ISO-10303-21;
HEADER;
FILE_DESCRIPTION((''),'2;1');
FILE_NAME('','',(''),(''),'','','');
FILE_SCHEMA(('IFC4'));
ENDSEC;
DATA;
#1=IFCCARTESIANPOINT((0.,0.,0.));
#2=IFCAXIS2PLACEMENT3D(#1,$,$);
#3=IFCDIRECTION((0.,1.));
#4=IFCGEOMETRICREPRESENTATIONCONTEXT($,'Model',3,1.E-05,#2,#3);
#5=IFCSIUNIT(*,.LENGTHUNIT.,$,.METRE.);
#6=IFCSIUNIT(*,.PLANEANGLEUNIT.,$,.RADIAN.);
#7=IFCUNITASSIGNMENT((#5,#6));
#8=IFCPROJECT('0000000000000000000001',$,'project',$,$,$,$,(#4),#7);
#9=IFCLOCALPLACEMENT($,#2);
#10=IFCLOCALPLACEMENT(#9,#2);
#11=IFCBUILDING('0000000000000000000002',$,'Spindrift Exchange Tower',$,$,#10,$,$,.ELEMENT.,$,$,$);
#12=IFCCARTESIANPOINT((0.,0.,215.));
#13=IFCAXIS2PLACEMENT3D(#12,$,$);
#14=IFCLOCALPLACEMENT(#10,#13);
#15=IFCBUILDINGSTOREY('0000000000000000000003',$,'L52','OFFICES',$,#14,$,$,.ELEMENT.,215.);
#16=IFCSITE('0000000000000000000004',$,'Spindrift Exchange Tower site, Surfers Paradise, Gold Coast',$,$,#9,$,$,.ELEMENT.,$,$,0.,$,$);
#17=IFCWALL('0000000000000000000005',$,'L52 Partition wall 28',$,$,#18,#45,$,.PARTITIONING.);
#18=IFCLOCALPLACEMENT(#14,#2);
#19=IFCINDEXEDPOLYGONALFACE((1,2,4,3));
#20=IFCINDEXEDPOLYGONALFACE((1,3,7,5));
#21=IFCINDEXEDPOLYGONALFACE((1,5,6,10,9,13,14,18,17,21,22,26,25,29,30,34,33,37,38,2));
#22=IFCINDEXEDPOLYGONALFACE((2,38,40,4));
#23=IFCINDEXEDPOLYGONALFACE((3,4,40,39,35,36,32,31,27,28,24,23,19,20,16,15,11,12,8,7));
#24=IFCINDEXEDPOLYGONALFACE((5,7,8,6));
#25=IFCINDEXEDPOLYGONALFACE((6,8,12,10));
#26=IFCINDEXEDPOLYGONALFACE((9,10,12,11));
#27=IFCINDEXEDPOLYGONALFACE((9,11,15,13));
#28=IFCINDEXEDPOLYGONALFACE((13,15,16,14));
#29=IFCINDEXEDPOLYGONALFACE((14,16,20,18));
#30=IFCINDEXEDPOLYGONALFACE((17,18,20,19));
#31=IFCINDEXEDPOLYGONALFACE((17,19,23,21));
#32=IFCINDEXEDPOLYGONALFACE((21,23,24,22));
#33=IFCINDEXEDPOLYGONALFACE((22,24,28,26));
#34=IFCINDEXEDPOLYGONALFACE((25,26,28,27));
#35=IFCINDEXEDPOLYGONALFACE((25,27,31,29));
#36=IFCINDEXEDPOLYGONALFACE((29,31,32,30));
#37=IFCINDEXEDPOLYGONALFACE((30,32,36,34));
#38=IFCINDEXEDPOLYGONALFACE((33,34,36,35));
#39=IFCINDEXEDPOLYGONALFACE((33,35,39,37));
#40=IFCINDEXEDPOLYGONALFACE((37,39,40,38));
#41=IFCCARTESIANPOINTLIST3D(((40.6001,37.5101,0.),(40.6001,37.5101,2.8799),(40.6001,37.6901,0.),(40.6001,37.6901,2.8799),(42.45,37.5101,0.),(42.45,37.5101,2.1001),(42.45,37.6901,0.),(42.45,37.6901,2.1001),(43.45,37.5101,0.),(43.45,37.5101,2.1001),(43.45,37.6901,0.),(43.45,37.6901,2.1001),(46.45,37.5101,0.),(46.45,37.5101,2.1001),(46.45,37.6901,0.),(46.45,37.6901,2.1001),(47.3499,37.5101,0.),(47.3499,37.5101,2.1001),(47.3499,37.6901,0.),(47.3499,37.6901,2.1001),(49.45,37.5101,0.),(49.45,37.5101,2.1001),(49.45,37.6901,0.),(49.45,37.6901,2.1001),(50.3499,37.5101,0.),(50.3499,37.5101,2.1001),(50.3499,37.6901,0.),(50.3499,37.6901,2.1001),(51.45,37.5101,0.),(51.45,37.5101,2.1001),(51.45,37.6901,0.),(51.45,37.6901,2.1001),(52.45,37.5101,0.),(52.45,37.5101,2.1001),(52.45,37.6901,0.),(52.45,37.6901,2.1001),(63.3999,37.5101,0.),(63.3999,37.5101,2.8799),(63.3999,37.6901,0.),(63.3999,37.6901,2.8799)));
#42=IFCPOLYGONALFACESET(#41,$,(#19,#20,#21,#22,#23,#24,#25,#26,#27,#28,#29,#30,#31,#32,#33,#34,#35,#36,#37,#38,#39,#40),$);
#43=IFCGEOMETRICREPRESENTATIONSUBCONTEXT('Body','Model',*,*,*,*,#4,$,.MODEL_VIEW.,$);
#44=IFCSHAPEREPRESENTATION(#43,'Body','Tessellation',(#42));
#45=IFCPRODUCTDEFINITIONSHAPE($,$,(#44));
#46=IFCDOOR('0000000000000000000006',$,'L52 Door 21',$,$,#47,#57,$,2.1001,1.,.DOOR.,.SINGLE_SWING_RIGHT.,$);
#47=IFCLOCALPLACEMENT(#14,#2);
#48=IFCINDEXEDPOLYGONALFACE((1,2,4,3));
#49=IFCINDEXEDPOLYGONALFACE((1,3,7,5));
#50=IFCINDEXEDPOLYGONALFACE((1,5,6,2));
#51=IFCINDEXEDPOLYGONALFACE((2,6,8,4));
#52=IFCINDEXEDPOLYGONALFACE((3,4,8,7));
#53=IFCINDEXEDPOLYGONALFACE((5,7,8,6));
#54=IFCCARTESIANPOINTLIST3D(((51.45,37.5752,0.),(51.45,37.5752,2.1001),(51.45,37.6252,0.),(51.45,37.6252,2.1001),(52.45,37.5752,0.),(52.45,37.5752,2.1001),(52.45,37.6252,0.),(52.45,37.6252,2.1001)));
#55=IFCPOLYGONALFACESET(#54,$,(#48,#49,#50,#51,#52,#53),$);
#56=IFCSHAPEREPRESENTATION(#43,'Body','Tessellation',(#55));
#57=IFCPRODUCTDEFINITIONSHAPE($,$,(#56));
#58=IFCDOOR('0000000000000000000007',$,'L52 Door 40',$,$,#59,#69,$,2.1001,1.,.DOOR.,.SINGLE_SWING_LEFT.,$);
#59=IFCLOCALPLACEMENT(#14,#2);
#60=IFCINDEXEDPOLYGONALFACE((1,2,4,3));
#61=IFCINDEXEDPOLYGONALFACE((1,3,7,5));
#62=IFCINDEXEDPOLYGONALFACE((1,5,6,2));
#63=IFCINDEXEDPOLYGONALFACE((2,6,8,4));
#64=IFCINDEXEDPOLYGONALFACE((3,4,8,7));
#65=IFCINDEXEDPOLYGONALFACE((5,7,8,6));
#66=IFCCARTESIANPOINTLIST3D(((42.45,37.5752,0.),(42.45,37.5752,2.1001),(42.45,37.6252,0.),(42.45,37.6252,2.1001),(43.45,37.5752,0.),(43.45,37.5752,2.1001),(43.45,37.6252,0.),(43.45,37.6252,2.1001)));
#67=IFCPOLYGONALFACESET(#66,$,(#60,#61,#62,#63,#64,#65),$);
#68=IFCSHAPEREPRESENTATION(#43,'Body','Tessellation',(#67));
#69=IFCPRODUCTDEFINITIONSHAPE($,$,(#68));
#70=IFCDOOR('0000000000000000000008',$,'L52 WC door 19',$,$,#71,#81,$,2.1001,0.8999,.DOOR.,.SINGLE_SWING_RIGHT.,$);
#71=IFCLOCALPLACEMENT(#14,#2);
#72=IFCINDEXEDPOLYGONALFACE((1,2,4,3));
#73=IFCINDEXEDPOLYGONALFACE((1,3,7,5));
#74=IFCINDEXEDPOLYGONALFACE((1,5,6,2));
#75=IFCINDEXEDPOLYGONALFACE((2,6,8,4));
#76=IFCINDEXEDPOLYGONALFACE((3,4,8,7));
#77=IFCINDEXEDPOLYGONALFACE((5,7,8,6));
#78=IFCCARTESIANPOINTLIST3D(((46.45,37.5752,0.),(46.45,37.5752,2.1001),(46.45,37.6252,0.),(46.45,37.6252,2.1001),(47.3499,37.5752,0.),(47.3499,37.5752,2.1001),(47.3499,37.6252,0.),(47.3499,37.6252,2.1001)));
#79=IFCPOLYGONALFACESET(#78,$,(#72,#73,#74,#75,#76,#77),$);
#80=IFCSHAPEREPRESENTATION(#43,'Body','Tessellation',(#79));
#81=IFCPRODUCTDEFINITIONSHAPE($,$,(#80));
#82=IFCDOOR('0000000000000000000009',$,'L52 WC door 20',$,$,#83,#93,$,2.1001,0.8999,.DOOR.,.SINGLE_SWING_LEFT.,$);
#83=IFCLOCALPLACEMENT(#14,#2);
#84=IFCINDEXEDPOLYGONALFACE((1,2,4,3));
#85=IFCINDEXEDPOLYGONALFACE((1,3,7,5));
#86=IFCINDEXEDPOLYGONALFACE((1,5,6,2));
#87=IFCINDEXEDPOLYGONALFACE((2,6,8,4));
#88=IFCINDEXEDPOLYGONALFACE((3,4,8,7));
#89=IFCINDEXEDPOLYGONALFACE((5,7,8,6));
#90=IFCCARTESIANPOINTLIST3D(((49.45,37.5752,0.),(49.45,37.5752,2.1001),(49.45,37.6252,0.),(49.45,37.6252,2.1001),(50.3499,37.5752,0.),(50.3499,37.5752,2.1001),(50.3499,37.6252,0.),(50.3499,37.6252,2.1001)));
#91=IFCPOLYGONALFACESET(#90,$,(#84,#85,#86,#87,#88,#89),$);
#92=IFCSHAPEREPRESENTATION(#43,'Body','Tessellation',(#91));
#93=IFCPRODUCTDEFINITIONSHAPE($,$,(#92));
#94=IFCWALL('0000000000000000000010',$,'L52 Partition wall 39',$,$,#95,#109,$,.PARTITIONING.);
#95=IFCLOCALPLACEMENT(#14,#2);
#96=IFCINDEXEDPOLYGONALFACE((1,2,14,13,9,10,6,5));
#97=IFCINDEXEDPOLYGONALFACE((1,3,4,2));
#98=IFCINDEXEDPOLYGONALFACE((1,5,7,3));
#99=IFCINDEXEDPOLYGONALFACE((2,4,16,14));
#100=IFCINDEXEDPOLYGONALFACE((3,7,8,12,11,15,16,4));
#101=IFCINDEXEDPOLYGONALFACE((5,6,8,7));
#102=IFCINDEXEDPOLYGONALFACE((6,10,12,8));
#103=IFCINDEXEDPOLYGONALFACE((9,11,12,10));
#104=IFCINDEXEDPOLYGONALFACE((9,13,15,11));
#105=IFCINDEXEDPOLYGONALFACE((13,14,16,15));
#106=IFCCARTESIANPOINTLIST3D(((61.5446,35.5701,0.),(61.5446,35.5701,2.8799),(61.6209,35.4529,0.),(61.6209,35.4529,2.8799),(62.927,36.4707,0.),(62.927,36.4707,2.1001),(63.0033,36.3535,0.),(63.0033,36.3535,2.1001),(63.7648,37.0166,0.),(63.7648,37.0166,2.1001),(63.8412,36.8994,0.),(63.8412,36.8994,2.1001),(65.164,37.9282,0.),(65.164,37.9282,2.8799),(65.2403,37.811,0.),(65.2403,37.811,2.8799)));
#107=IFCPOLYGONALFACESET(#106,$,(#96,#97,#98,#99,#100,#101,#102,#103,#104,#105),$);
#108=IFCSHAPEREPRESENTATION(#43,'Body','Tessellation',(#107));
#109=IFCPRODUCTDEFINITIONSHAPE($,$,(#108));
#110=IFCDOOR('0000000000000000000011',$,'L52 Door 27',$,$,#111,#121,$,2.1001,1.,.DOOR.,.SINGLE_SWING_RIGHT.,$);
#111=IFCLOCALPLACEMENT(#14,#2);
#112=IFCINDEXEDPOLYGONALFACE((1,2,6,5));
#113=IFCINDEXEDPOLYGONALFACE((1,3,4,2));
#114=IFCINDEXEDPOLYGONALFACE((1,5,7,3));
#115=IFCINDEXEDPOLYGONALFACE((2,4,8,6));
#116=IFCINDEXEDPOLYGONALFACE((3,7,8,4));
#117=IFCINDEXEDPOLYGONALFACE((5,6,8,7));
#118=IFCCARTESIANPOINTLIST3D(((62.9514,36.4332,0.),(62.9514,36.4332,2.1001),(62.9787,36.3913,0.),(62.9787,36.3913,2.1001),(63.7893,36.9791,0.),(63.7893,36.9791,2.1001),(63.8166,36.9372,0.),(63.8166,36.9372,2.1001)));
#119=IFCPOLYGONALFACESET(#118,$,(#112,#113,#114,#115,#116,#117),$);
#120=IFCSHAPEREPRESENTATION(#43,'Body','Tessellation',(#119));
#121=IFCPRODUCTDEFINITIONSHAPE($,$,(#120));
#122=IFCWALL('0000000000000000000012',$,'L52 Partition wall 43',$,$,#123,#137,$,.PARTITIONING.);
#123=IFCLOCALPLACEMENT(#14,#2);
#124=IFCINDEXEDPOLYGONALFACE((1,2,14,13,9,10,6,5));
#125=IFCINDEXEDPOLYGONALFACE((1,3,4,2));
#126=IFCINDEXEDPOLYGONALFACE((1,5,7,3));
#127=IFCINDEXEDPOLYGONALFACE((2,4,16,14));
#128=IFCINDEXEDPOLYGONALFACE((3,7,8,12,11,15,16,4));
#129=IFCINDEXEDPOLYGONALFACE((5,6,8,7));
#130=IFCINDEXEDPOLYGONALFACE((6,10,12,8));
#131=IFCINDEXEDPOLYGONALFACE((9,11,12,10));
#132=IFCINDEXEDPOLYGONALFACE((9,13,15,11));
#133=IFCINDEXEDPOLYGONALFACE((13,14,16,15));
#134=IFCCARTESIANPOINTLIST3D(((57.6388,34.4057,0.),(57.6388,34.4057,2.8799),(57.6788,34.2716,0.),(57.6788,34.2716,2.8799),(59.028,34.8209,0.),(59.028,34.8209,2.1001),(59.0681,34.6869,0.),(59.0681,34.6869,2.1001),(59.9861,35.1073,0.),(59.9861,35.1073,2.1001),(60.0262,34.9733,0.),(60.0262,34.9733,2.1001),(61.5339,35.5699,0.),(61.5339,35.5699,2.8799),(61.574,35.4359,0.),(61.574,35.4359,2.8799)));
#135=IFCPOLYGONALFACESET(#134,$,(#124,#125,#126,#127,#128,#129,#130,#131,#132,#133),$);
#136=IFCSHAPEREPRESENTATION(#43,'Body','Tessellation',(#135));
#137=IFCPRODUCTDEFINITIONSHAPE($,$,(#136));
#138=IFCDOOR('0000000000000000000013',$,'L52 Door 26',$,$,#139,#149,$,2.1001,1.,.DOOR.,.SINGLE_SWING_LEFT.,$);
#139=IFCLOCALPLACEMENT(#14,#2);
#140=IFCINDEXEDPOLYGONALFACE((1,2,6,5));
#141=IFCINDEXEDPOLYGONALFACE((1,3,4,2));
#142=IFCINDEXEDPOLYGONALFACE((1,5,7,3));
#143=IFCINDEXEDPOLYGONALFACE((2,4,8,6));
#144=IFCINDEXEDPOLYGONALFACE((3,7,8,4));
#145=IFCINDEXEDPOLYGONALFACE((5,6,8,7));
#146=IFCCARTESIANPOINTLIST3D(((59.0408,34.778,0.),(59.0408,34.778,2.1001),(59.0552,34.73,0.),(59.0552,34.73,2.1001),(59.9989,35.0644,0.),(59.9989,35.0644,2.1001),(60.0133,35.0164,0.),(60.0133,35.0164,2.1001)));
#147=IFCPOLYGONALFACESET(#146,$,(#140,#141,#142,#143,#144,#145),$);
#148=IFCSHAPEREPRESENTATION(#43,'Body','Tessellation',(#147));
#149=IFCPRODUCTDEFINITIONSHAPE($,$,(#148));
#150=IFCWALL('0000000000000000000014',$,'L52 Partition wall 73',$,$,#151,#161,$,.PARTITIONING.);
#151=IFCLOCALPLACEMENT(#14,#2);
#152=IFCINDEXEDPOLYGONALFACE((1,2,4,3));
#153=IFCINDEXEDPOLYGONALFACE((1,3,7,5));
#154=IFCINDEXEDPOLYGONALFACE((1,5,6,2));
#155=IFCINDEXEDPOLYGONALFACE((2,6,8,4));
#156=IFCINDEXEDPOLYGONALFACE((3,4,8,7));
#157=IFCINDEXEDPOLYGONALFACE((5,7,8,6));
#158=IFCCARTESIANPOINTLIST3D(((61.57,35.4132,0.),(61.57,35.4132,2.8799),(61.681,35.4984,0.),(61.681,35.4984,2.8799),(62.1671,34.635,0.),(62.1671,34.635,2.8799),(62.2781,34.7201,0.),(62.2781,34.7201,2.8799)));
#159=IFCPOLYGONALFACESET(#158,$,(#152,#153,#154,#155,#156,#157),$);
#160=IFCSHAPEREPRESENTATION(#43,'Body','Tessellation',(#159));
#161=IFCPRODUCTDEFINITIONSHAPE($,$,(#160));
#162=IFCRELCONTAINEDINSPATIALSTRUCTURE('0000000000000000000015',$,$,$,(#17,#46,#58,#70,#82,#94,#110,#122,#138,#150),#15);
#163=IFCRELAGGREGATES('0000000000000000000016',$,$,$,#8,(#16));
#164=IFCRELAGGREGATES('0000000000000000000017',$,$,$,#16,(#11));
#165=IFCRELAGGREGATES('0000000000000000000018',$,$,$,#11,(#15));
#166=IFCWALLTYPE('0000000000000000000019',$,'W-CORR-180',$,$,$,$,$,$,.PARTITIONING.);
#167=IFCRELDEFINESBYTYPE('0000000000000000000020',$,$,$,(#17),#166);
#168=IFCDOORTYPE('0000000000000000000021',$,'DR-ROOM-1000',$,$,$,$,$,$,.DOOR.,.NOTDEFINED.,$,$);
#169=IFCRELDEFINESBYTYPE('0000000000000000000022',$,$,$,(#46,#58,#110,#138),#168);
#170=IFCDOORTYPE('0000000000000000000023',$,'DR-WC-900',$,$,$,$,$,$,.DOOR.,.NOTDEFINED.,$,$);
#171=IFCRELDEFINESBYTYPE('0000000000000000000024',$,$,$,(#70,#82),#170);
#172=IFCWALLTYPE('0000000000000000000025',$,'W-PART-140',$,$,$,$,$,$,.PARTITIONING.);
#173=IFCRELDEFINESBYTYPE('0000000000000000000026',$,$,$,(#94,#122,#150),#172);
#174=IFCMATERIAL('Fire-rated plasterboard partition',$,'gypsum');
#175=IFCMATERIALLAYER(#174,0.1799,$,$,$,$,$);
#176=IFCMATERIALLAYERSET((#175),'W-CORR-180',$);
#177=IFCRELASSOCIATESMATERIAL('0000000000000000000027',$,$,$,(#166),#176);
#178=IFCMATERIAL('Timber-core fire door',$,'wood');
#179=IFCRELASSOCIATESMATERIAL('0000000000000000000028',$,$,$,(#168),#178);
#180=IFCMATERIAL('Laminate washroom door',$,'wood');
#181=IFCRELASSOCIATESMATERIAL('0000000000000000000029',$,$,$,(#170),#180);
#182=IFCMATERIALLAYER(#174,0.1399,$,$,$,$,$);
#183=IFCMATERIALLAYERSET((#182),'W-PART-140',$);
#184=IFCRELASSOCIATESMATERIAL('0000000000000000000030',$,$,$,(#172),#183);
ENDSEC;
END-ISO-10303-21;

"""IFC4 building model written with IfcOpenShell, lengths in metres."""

from ifc_helpers import new_model, si_unit, direction, frame, frame_2d, origin, place, context, subcontext, project, spatial, rectangle, extrude, source, transform, mapped, material, layer, layer_set, type_object, element, fill, save


model = new_model("IFC4")

# Units and contexts
model_context = context("Model", 3, precision=1e-05, world=origin(), true_north=direction((0.0, 1.0)))
body_context = subcontext(model_context, "Body", "Model", "MODEL_VIEW")
ifc_project = project(units=[si_unit("LENGTHUNIT", "METRE"), si_unit("PLANEANGLEUNIT", "RADIAN")], contexts=[model_context])

# Site, building, storey
site_placement = place(None, origin())
site = spatial("IfcSite", under=ifc_project, at=site_placement, Name="Spindrift Exchange Tower site, Surfers Paradise, Gold Coast", CompositionType="ELEMENT", RefElevation=0.0)
building_placement = place(site_placement, origin())
building = spatial("IfcBuilding", under=site, at=building_placement, Name="Spindrift Exchange Tower", CompositionType="ELEMENT")
storey_placement = place(building_placement, frame((0.0, 0.0, 215.0)))
storey = spatial("IfcBuildingStorey", under=building, at=storey_placement, Name="L52", Description="OFFICES", CompositionType="ELEMENT", Elevation=215.0)

# Wall, openings, doors
ifc_material_1 = material(Name="Fire-rated plasterboard partition", Category="gypsum")
ifc_layer_1 = layer(ifc_material_1, 0.1799)
ifc_layer_set_1 = layer_set([ifc_layer_1], Name="W-CORR-180")
wall_type_1 = type_object("IfcWallType", Name="W-CORR-180", PredefinedType="PARTITIONING", material=ifc_layer_set_1)
wall_1_placement = place(storey_placement, frame((63.3999, 37.6001, 0.0), z_axis=(0.0, 0.0, 1.0), x_axis=(-1.0, 0.0, 0.0)))
wall_1 = element("IfcWall", 1, at=wall_1_placement, inside=storey, type_object=wall_type_1, Name="L52 Partition wall 28", PredefinedType="PARTITIONING", context=body_context, shape_type="SweptSolid", body=[
    extrude(rectangle(XDim=22.7998, YDim=0.1799, at=frame_2d((11.3999, 0.0))), origin(), (0.0, 0.0, 1.0), 2.8799),
])
opening_1_placement = place(wall_1_placement, frame((16.05, 0.0, 0.0)))
opening_1 = element("IfcOpeningElement", 2, at=opening_1_placement, cuts=wall_1, PredefinedType="OPENING", context=body_context, shape_type="SweptSolid", body=[
    extrude(rectangle(XDim=0.8999, YDim=2.1001, at=frame_2d((0.45, 1.05))), frame((0.0, 0.0999, 0.0), z_axis=(0.0, -1.0, 0.0), x_axis=(1.0, 0.0, 0.0)), (0.0, 0.0, 1.0), 0.2),
])
opening_2_placement = place(wall_1_placement, frame((13.05, 0.0, 0.0)))
opening_2 = element("IfcOpeningElement", 3, at=opening_2_placement, cuts=wall_1, PredefinedType="OPENING", context=body_context, shape_type="SweptSolid", body=[
    extrude(rectangle(XDim=0.8999, YDim=2.1001, at=frame_2d((0.45, 1.05))), frame((0.0, 0.0999, 0.0), z_axis=(0.0, -1.0, 0.0), x_axis=(1.0, 0.0, 0.0)), (0.0, 0.0, 1.0), 0.2),
])
opening_3_placement = place(wall_1_placement, frame((10.95, 0.0, 0.0)))
opening_3 = element("IfcOpeningElement", 4, at=opening_3_placement, cuts=wall_1, PredefinedType="OPENING", context=body_context, shape_type="SweptSolid", body=[
    extrude(rectangle(XDim=1.0, YDim=2.1001, at=frame_2d((0.5, 1.05))), frame((0.0, 0.0999, 0.0), z_axis=(0.0, -1.0, 0.0), x_axis=(1.0, 0.0, 0.0)), (0.0, 0.0, 1.0), 0.2),
])
opening_4_placement = place(wall_1_placement, frame((19.95, 0.0, 0.0)))
opening_4 = element("IfcOpeningElement", 5, at=opening_4_placement, cuts=wall_1, PredefinedType="OPENING", context=body_context, shape_type="SweptSolid", body=[
    extrude(rectangle(XDim=1.0, YDim=2.1001, at=frame_2d((0.5, 1.05))), frame((0.0, 0.0999, 0.0), z_axis=(0.0, -1.0, 0.0), x_axis=(1.0, 0.0, 0.0)), (0.0, 0.0, 1.0), 0.2),
])
ifc_material_2 = material(Name="Timber-core fire door", Category="wood")
door_type_1 = type_object("IfcDoorType", Name="DR-ROOM-1000", OperationType="NOTDEFINED", PredefinedType="DOOR", material=ifc_material_2)
shared_shape_1 = source(origin(), body_context, "Body", "SweptSolid", [
    extrude(rectangle(XDim=1.0, YDim=2.1001, at=frame_2d((0.5, 1.05))), frame((0.0, 0.0249, 0.0), z_axis=(0.0, -1.0, 0.0), x_axis=(1.0, 0.0, 0.0)), (0.0, 0.0, 1.0), 0.05),
])
door_1_placement = place(opening_3_placement, origin())
door_1 = element("IfcDoor", 6, at=door_1_placement, inside=storey, type_object=door_type_1, Name="L52 Door 21", OperationType="SINGLE_SWING_RIGHT", OverallHeight=2.1001, OverallWidth=1.0, PredefinedType="DOOR", context=body_context, shape_type="MappedRepresentation", body=[
    mapped(shared_shape_1, transform((0.0, 0.0, 0.0), scale=1.0)),
])
fill(opening_3, door_1)
door_2_placement = place(opening_4_placement, origin())
door_2 = element("IfcDoor", 7, at=door_2_placement, inside=storey, type_object=door_type_1, Name="L52 Door 40", OperationType="SINGLE_SWING_LEFT", OverallHeight=2.1001, OverallWidth=1.0, PredefinedType="DOOR", context=body_context, shape_type="MappedRepresentation", body=[
    mapped(shared_shape_1, transform((0.0, 0.0, 0.0), scale=1.0)),
])
fill(opening_4, door_2)
ifc_material_3 = material(Name="Laminate washroom door", Category="wood")
door_type_2 = type_object("IfcDoorType", Name="DR-WC-900", OperationType="NOTDEFINED", PredefinedType="DOOR", material=ifc_material_3)
shared_shape_2 = source(origin(), body_context, "Body", "SweptSolid", [
    extrude(rectangle(XDim=0.8999, YDim=2.1001, at=frame_2d((0.45, 1.05))), frame((0.0, 0.0249, 0.0), z_axis=(0.0, -1.0, 0.0), x_axis=(1.0, 0.0, 0.0)), (0.0, 0.0, 1.0), 0.05),
])
door_3_placement = place(opening_1_placement, origin())
door_3 = element("IfcDoor", 8, at=door_3_placement, inside=storey, type_object=door_type_2, Name="L52 WC door 19", OperationType="SINGLE_SWING_RIGHT", OverallHeight=2.1001, OverallWidth=0.8999, PredefinedType="DOOR", context=body_context, shape_type="MappedRepresentation", body=[
    mapped(shared_shape_2, transform((0.0, 0.0, 0.0), scale=1.0)),
])
fill(opening_1, door_3)
door_4_placement = place(opening_2_placement, origin())
door_4 = element("IfcDoor", 9, at=door_4_placement, inside=storey, type_object=door_type_2, Name="L52 WC door 20", OperationType="SINGLE_SWING_LEFT", OverallHeight=2.1001, OverallWidth=0.8999, PredefinedType="DOOR", context=body_context, shape_type="MappedRepresentation", body=[
    mapped(shared_shape_2, transform((0.0, 0.0, 0.0), scale=1.0)),
])
fill(opening_2, door_4)

# Walls, openings, doors
ifc_layer_2 = layer(ifc_material_1, 0.1399)
ifc_layer_set_2 = layer_set([ifc_layer_2], Name="W-PART-140")
wall_type_2 = type_object("IfcWallType", Name="W-PART-140", PredefinedType="PARTITIONING", material=ifc_layer_set_2)
wall_2_placement = place(storey_placement, frame((65.2021, 37.8696, 0.0), z_axis=(0.0, 0.0, 1.0), x_axis=(-0.837856, -0.545892, 0.0)))
wall_2 = element("IfcWall", 10, at=wall_2_placement, inside=storey, type_object=wall_type_2, Name="L52 Partition wall 39", PredefinedType="PARTITIONING", context=body_context, shape_type="SweptSolid", body=[
    extrude(rectangle(XDim=4.3198, YDim=0.1399, at=frame_2d((2.1599, 0.0))), origin(), (0.0, 0.0, 1.0), 2.8799),
])
opening_5_placement = place(wall_2_placement, frame((1.6699, 0.0, 0.0)))
opening_5 = element("IfcOpeningElement", 11, at=opening_5_placement, cuts=wall_2, PredefinedType="OPENING", context=body_context, shape_type="SweptSolid", body=[
    extrude(rectangle(XDim=1.0, YDim=2.1001, at=frame_2d((0.5, 1.05))), frame((0.0, 0.0798, 0.0), z_axis=(0.0, -1.0, 0.0), x_axis=(1.0, 0.0, 0.0)), (0.0, 0.0, 1.0), 0.1599),
])
door_5_placement = place(opening_5_placement, origin())
door_5 = element("IfcDoor", 12, at=door_5_placement, inside=storey, type_object=door_type_1, Name="L52 Door 27", OperationType="SINGLE_SWING_RIGHT", OverallHeight=2.1001, OverallWidth=1.0, PredefinedType="DOOR", context=body_context, shape_type="MappedRepresentation", body=[
    mapped(shared_shape_1, transform((0.0, 0.0, 0.0), scale=1.0)),
])
fill(opening_5, door_5)
wall_3_placement = place(storey_placement, frame((61.554, 35.5029, 0.0), z_axis=(0.0, 0.0, 1.0), x_axis=(-0.958115, -0.286384, 0.0)))
wall_3 = element("IfcWall", 13, at=wall_3_placement, inside=storey, type_object=wall_type_2, Name="L52 Partition wall 43", PredefinedType="PARTITIONING", context=body_context, shape_type="SweptSolid", body=[
    extrude(rectangle(XDim=4.0654, YDim=0.1399, at=frame_2d((2.0327, 0.0))), origin(), (0.0, 0.0, 1.0), 2.8799),
])
opening_6_placement = place(wall_3_placement, frame((1.6155, 0.0, 0.0)))
opening_6 = element("IfcOpeningElement", 14, at=opening_6_placement, cuts=wall_3, PredefinedType="OPENING", context=body_context, shape_type="SweptSolid", body=[
    extrude(rectangle(XDim=1.0, YDim=2.1001, at=frame_2d((0.5, 1.05))), frame((0.0, 0.0798, 0.0), z_axis=(0.0, -1.0, 0.0), x_axis=(1.0, 0.0, 0.0)), (0.0, 0.0, 1.0), 0.1599),
])
door_6_placement = place(opening_6_placement, origin())
door_6 = element("IfcDoor", 15, at=door_6_placement, inside=storey, type_object=door_type_1, Name="L52 Door 26", OperationType="SINGLE_SWING_LEFT", OverallHeight=2.1001, OverallWidth=1.0, PredefinedType="DOOR", context=body_context, shape_type="MappedRepresentation", body=[
    mapped(shared_shape_1, transform((0.0, 0.0, 0.0), scale=1.0)),
])
fill(opening_6, door_6)

# Wall
wall_4_placement = place(storey_placement, frame((61.6255, 35.4558, 0.0), z_axis=(0.0, 0.0, 1.0), x_axis=(0.608724, -0.793382, 0.0)))
element("IfcWall", 16, at=wall_4_placement, inside=storey, type_object=wall_type_2, Name="L52 Partition wall 73", PredefinedType="PARTITIONING", context=body_context, shape_type="SweptSolid", body=[
    extrude(rectangle(XDim=0.981, YDim=0.1399, at=frame_2d((0.4905, 0.0))), origin(), (0.0, 0.0, 1.0), 2.8799),
])

save(model, "model.ifc")
